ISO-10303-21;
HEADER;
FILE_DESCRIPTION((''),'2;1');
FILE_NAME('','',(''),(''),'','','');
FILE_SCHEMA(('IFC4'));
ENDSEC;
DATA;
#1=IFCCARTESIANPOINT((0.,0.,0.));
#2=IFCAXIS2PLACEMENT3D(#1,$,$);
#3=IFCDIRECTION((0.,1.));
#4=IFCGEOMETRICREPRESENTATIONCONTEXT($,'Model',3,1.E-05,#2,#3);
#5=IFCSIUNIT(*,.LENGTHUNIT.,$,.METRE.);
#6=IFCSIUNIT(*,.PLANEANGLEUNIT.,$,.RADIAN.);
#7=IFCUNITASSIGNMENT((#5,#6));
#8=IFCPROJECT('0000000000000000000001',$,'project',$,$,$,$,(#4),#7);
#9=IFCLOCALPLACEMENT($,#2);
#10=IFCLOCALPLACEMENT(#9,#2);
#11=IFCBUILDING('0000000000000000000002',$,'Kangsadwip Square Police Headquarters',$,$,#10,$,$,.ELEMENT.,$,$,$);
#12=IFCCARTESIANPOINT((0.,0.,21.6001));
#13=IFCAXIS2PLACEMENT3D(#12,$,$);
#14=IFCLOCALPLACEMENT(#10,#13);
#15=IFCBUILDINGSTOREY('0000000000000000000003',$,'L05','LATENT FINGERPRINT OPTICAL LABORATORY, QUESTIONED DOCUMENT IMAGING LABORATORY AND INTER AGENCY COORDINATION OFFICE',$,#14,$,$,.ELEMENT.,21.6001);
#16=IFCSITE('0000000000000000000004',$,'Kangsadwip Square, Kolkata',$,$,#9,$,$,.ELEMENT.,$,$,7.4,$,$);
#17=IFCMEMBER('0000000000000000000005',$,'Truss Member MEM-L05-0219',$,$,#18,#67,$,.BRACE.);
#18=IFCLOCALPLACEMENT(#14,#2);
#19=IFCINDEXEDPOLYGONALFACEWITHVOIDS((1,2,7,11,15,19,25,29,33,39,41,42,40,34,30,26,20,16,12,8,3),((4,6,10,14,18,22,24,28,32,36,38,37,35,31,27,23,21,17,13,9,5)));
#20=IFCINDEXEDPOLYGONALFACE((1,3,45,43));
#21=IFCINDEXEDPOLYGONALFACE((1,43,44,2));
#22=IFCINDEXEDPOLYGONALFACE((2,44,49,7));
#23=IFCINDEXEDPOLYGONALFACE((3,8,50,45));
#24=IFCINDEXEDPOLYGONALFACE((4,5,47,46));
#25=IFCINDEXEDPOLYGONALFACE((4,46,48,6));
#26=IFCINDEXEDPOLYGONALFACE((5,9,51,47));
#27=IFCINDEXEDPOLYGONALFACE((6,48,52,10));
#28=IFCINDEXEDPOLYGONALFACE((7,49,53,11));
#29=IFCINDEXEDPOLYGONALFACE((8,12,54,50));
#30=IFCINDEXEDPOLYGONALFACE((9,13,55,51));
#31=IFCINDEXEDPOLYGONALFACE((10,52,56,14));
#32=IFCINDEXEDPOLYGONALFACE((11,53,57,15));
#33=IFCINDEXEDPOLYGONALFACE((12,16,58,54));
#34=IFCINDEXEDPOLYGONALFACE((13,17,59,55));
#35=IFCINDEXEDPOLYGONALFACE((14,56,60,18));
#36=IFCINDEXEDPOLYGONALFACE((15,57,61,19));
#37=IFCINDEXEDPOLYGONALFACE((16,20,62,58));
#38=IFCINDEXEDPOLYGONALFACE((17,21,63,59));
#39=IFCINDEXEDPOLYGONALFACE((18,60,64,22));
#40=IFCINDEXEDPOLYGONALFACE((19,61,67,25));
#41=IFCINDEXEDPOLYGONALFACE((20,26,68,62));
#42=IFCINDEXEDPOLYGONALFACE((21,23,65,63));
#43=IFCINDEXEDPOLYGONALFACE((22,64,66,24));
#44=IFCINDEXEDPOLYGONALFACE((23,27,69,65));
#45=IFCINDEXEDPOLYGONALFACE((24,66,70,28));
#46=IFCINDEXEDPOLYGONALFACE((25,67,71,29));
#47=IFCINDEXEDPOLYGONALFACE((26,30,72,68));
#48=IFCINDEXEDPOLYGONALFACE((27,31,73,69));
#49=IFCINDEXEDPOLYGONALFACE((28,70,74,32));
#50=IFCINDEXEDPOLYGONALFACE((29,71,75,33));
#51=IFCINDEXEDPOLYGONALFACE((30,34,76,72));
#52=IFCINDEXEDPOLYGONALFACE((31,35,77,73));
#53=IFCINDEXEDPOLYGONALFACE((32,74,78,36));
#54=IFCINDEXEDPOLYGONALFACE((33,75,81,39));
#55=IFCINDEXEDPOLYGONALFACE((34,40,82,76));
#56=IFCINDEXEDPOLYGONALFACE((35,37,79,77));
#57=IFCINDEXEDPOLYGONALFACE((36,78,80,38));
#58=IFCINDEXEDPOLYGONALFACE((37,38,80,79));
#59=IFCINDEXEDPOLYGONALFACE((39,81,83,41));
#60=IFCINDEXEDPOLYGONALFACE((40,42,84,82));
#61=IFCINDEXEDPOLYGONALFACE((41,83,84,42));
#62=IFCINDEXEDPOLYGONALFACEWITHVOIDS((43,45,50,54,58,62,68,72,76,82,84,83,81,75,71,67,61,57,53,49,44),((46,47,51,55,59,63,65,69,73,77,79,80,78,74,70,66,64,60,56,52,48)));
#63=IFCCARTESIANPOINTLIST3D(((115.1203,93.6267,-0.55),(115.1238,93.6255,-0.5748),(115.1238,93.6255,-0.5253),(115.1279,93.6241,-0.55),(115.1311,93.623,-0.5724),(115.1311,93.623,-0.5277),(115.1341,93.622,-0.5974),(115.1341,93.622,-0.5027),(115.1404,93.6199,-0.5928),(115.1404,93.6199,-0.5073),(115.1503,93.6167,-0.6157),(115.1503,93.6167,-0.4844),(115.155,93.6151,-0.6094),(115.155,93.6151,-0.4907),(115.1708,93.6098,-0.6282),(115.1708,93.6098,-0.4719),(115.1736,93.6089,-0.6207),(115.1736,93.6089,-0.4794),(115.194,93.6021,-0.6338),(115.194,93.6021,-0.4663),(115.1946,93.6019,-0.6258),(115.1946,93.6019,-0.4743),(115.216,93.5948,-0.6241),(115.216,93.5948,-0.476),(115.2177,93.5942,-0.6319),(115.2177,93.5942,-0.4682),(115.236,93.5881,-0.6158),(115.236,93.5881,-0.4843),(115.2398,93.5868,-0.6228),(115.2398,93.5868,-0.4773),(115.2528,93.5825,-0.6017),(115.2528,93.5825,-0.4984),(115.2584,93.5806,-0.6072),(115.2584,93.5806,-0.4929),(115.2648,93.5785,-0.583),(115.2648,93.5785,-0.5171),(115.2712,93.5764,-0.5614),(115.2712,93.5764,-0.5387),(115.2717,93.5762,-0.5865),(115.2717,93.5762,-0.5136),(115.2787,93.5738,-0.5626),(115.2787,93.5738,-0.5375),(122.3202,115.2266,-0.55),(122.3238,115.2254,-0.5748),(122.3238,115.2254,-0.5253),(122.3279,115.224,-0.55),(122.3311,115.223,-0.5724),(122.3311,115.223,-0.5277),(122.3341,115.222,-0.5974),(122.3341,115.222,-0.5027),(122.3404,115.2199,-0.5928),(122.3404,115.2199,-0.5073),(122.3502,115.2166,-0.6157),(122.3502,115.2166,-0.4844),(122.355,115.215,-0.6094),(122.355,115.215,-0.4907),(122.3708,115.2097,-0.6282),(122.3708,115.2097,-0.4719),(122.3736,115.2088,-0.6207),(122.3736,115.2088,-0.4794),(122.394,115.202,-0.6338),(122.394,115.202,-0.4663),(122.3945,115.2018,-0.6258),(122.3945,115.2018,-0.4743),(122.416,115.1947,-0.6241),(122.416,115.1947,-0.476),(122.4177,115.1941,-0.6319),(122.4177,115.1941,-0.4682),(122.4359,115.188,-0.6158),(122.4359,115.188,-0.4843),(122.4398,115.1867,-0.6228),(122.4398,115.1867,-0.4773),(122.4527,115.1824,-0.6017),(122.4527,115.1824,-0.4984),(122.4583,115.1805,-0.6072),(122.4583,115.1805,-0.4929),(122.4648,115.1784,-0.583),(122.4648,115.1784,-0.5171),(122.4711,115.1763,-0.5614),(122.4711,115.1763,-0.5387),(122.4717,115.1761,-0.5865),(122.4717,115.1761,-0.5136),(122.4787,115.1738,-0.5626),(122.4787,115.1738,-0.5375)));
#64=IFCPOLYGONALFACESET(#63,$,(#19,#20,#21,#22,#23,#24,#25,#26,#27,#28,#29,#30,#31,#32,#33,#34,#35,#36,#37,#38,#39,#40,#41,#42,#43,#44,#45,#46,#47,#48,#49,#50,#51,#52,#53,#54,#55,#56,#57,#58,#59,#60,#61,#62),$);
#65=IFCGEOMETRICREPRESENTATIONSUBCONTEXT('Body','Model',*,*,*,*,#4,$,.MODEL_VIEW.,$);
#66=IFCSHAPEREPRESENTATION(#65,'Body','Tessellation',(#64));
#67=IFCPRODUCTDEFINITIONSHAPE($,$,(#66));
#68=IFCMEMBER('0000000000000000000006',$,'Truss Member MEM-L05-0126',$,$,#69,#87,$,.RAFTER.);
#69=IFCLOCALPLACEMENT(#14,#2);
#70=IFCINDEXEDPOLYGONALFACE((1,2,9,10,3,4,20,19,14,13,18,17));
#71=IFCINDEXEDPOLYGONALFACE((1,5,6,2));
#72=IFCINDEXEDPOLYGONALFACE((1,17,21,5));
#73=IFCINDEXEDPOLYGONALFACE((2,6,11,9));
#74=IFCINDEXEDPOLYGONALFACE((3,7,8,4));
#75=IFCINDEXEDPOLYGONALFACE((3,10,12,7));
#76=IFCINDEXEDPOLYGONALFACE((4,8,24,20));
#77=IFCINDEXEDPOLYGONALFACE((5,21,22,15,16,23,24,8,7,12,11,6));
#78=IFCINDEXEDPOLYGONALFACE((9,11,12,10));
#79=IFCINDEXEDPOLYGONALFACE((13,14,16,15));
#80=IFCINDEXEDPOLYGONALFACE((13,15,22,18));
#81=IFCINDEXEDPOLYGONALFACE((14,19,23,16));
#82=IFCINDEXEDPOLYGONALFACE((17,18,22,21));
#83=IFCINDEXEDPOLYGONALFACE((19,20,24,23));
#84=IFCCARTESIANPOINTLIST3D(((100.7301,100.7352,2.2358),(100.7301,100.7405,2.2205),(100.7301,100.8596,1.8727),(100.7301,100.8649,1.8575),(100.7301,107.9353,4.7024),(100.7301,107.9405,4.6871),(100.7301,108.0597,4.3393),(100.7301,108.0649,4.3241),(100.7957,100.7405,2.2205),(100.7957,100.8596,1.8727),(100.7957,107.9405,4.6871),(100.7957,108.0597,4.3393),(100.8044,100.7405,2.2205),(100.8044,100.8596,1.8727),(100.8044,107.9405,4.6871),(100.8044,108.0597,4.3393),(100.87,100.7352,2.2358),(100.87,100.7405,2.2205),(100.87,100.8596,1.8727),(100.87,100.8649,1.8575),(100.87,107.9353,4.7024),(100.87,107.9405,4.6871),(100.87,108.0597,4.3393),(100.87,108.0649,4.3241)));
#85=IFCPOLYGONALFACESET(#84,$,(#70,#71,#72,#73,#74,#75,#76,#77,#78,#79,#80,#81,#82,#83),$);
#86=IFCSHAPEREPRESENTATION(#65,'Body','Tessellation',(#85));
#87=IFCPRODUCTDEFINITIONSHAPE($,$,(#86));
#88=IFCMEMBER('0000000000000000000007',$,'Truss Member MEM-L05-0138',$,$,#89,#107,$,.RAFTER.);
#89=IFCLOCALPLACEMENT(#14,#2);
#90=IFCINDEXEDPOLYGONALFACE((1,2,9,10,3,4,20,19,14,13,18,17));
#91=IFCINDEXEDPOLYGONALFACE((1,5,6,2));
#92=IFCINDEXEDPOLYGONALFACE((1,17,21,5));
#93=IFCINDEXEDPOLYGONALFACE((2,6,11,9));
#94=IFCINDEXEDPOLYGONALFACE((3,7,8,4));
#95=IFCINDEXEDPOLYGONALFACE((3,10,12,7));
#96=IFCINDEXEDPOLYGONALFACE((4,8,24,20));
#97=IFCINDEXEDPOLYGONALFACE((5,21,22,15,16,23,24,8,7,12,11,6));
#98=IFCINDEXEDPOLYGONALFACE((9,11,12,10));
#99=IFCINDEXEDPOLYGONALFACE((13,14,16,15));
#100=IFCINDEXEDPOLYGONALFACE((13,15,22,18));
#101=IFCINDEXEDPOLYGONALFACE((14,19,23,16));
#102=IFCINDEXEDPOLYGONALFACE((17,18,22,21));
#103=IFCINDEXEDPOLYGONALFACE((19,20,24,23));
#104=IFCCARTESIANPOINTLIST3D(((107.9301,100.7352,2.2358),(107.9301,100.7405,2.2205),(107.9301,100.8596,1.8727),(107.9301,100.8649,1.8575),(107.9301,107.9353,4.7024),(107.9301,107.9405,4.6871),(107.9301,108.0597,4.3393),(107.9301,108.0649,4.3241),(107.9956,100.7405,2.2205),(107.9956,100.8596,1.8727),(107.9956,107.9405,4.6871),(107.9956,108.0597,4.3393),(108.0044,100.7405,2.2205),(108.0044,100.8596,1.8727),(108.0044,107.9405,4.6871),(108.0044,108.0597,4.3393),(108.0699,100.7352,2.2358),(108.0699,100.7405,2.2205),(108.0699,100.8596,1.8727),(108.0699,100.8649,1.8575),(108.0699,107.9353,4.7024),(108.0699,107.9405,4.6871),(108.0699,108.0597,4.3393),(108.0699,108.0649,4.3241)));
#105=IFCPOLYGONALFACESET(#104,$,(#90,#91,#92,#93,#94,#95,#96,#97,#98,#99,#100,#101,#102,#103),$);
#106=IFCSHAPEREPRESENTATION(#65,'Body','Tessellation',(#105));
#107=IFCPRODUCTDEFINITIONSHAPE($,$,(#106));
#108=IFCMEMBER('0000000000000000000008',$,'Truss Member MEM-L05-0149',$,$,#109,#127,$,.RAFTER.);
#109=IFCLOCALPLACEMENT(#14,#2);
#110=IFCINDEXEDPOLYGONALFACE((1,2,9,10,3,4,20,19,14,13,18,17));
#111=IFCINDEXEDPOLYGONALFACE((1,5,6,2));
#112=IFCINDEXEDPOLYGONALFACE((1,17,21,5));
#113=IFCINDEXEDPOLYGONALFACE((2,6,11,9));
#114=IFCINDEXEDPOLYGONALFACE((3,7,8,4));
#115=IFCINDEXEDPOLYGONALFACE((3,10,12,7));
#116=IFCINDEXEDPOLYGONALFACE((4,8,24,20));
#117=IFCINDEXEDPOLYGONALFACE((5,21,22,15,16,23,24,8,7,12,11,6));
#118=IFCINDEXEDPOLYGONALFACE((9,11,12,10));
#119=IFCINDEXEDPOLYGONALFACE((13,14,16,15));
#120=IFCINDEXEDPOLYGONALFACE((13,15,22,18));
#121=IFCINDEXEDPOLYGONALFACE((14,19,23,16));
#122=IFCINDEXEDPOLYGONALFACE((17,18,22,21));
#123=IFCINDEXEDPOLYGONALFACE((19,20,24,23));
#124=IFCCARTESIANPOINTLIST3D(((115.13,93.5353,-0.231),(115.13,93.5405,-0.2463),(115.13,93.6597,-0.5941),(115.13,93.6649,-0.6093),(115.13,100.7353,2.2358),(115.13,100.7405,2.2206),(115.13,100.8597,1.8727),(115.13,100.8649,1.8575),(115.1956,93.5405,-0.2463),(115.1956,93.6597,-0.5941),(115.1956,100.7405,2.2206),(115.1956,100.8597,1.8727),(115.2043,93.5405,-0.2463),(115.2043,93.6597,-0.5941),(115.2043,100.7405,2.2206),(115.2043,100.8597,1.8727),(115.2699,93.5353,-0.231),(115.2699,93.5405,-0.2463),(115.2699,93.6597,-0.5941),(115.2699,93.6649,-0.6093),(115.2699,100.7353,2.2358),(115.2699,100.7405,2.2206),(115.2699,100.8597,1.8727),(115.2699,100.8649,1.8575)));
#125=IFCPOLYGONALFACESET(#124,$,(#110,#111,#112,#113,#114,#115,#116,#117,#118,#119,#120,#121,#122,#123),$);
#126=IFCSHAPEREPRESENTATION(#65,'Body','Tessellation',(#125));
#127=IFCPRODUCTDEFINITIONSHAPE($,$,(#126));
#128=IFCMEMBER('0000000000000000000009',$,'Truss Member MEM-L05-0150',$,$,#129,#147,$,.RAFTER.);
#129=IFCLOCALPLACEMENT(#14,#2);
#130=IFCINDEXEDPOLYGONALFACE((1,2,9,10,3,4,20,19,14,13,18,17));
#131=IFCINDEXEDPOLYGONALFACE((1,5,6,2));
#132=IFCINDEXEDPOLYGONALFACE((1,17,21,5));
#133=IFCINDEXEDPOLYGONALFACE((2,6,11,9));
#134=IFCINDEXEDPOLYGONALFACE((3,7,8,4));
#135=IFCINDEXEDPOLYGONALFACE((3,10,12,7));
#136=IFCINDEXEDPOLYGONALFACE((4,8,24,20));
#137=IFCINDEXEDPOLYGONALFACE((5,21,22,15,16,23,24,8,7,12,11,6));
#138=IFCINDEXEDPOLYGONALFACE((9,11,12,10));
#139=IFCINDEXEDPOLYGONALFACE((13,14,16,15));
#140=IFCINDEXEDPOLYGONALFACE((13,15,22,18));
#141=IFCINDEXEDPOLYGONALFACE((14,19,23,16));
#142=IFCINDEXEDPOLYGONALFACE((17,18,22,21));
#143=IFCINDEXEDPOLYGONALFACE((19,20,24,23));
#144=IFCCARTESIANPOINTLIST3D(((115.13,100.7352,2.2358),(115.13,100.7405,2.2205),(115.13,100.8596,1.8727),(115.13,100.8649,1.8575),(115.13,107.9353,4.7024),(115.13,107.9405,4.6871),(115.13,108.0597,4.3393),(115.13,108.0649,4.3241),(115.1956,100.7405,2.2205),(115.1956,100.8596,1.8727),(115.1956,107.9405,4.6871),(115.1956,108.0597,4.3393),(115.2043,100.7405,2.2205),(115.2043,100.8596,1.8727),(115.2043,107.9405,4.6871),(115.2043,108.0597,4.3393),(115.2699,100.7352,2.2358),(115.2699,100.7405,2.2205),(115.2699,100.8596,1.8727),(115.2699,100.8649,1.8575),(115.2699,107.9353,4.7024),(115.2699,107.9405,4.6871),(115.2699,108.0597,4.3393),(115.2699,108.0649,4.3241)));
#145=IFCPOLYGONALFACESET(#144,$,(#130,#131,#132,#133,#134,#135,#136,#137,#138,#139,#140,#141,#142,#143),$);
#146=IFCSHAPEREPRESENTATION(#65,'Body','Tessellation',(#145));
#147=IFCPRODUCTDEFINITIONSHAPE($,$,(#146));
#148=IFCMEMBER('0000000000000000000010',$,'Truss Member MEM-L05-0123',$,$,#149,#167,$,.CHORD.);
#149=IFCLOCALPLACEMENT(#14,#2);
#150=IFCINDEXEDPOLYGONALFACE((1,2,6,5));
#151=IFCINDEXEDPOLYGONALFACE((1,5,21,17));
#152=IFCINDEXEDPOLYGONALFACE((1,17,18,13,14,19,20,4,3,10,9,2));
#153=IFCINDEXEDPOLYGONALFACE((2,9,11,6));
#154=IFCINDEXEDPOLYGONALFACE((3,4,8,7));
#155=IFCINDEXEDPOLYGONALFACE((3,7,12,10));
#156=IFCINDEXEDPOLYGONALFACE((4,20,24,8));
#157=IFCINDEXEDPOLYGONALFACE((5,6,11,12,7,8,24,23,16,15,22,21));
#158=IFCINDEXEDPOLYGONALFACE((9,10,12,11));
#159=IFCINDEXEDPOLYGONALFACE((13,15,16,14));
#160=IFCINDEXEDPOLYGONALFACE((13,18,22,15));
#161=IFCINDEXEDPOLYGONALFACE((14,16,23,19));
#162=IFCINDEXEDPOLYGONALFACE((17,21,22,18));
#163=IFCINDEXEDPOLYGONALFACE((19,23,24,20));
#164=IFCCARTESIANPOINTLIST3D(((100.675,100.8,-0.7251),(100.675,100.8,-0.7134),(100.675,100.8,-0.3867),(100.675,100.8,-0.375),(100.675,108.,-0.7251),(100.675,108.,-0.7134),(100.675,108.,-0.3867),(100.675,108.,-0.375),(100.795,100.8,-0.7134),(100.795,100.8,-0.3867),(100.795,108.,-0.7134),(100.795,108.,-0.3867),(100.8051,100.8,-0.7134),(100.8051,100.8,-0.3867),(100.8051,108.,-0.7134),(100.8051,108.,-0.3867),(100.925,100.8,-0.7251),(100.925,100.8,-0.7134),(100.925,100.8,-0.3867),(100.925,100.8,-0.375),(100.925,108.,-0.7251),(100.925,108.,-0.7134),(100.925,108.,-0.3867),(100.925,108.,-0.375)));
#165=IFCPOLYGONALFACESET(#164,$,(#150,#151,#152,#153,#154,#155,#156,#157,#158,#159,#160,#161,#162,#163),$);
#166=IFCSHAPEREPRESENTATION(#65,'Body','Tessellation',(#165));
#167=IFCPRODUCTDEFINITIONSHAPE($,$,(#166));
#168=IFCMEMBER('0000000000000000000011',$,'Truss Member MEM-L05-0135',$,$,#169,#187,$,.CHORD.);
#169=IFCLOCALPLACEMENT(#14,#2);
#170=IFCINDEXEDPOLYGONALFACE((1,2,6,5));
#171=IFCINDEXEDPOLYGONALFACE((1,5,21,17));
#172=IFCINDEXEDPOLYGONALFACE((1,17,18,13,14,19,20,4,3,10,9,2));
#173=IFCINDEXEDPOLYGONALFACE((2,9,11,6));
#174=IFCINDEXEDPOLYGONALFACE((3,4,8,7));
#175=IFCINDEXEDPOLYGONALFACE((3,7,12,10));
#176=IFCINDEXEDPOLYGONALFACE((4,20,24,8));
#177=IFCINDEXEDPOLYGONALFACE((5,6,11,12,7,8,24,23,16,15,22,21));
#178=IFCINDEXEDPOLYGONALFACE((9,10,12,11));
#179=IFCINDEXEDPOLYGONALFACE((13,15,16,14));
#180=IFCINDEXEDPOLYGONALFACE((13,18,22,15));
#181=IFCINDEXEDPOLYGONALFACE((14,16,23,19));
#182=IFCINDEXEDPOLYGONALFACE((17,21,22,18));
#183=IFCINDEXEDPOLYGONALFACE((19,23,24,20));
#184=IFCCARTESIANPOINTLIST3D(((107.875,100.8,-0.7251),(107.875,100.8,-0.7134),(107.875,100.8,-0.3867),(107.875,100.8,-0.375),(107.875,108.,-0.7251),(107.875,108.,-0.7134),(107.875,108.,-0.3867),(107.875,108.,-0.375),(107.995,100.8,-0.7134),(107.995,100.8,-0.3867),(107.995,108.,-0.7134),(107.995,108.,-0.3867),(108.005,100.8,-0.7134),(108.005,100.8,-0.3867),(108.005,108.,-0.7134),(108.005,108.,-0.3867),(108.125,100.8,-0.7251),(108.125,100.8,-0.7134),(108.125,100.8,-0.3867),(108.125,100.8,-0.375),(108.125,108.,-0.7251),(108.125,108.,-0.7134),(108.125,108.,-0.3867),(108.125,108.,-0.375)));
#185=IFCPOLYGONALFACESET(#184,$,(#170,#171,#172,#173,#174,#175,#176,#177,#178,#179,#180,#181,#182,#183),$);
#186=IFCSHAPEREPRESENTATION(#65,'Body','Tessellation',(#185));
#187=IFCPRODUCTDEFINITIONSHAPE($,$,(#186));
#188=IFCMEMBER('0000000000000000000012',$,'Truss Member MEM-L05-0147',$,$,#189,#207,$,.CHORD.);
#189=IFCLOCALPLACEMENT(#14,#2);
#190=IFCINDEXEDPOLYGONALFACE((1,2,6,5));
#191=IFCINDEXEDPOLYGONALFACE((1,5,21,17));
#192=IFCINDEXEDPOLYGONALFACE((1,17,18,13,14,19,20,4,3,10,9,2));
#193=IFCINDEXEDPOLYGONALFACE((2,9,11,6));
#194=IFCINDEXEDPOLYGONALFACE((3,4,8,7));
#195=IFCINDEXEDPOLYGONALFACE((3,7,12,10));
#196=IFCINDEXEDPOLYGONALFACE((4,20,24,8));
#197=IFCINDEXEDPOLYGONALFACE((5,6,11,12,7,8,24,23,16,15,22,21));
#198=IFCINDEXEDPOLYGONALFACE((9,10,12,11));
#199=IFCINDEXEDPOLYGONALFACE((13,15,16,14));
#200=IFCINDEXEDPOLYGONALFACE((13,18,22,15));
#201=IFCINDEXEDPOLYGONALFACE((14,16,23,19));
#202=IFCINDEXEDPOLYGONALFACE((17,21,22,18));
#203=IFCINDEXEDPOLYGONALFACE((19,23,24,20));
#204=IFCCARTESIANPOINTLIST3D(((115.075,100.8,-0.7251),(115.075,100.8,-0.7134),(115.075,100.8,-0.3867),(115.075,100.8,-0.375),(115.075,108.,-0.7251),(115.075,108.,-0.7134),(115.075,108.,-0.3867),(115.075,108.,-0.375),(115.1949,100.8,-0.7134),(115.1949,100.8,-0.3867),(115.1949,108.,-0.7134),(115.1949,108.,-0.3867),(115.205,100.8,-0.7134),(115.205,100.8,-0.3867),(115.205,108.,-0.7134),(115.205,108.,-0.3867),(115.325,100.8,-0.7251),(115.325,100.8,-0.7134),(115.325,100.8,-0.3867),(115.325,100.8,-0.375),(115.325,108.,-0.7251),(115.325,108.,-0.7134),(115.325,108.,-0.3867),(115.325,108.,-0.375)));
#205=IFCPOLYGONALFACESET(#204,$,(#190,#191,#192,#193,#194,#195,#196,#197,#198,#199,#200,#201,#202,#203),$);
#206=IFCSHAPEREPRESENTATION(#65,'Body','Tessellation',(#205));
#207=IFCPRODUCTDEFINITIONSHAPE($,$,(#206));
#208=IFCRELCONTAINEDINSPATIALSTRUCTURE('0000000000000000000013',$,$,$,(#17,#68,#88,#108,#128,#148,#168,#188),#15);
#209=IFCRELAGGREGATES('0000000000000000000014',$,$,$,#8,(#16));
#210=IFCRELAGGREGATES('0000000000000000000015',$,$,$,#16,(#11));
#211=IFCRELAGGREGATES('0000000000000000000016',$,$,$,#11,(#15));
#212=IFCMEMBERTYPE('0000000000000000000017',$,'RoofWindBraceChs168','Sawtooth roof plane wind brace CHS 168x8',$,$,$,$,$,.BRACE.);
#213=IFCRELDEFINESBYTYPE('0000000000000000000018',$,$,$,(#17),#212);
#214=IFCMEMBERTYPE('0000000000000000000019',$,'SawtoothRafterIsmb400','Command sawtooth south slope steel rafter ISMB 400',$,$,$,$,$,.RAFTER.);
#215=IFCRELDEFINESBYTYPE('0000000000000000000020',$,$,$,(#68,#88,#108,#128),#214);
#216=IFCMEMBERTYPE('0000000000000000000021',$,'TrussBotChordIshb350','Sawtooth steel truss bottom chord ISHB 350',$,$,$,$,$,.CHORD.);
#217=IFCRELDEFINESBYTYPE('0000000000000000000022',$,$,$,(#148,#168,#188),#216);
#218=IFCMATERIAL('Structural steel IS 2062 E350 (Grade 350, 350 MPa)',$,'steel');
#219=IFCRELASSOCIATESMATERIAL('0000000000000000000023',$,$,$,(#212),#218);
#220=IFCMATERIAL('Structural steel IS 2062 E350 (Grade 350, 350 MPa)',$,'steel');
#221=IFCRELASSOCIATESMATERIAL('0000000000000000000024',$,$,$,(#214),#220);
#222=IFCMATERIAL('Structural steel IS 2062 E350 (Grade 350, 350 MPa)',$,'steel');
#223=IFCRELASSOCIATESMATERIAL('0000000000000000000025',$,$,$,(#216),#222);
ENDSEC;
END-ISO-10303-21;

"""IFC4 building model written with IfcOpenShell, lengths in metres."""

from ifc_helpers import new_model, si_unit, direction, frame, origin, origin_2d, place, context, subcontext, project, spatial, hollow_circle, i_section, extrude, material, material_profile, profile_set, type_object, element, save


model = new_model("IFC4")

# Units and contexts
model_context = context("Model", 3, precision=1e-05, world=origin(), true_north=direction((0.0, 1.0)))
body_context = subcontext(model_context, "Body", "Model", "MODEL_VIEW")
ifc_project = project(units=[si_unit("LENGTHUNIT", "METRE"), si_unit("PLANEANGLEUNIT", "RADIAN")], contexts=[model_context])

# Site, building, storey
site_placement = place(None, origin())
site = spatial("IfcSite", under=ifc_project, at=site_placement, Name="Kangsadwip Square, Kolkata", CompositionType="ELEMENT", RefElevation=7.4)
building_placement = place(site_placement, origin())
building = spatial("IfcBuilding", under=site, at=building_placement, Name="Kangsadwip Square Police Headquarters", CompositionType="ELEMENT")
storey_placement = place(building_placement, frame((0.0, 0.0, 21.6001)))
storey = spatial("IfcBuildingStorey", under=building, at=storey_placement, Name="L05", Description="LATENT FINGERPRINT OPTICAL LABORATORY, QUESTIONED DOCUMENT IMAGING LABORATORY AND INTER AGENCY COORDINATION OFFICE", CompositionType="ELEMENT", Elevation=21.6001)

# Members
ifc_material_1 = material(Name="Structural steel IS 2062 E350 (Grade 350, 350 MPa)", Category="steel")
ifc_material_profile_1 = material_profile(ifc_material_1, hollow_circle(Radius=0.084, WallThickness=0.0081, at=origin_2d()), Name="CHS 168X8")
ifc_profile_set_1 = profile_set([ifc_material_profile_1], Name="Structural steel IS 2062 E350 (Grade 350, 350 MPa)")
member_type_1 = type_object("IfcMemberType", Name="RoofWindBraceChs168", Description="Sawtooth roof plane wind brace CHS 168x8", PredefinedType="BRACE", material=ifc_profile_set_1)
member_1_placement = place(storey_placement, frame((115.2, 93.6001, -0.55), z_axis=(0.316228, 0.948683, 0.0), x_axis=(-0.948683, 0.316228, 0.0)))
element("IfcMember", 1, at=member_1_placement, inside=storey, type_object=member_type_1, Name="Truss Member MEM-L05-0219", PredefinedType="BRACE", context=body_context, shape_type="SweptSolid", body=[
    extrude(hollow_circle(Radius=0.084, WallThickness=0.0081, at=origin_2d()), origin(), (0.0, 0.0, 1.0), 22.7683),
])
ifc_material_2 = material(Name="Structural steel IS 2062 E350 (Grade 350, 350 MPa)", Category="steel")
ifc_material_profile_2 = material_profile(ifc_material_2, i_section(OverallWidth=0.1399, OverallDepth=0.3999, WebThickness=0.0088, FlangeThickness=0.0161, at=origin_2d()), Name="ISMB 400")
ifc_profile_set_2 = profile_set([ifc_material_profile_2], Name="Structural steel IS 2062 E350 (Grade 350, 350 MPa)")
member_type_2 = type_object("IfcMemberType", Name="SawtoothRafterIsmb400", Description="Command sawtooth south slope steel rafter ISMB 400", PredefinedType="RAFTER", material=ifc_profile_set_2)
for number, where, z_axis, x_axis, name in (
    (2, (100.8, 100.8, 2.0466), (0.0, 0.946027, 0.324089), (-1.0, 0.0, 0.0), "Truss Member MEM-L05-0126"),
    (3, (108.0, 100.8, 2.0466), (0.0, 0.946027, 0.324089), (-1.0, 0.0, 0.0), "Truss Member MEM-L05-0138"),
    (4, (115.2, 93.6001, -0.4202), (0.0, 0.946017, 0.324118), (-1.0, 0.0, 0.0), "Truss Member MEM-L05-0149"),
    (5, (115.2, 100.8, 2.0466), (0.0, 0.946027, 0.324089), (-1.0, 0.0, 0.0), "Truss Member MEM-L05-0150"),
):
    element("IfcMember", number, at=place(storey_placement, frame(where, z_axis=z_axis, x_axis=x_axis)), inside=storey, type_object=member_type_2, Name=name, PredefinedType="RAFTER", context=body_context, shape_type="SweptSolid", body=[
        extrude(i_section(OverallWidth=0.1399, OverallDepth=0.3999, WebThickness=0.0088, FlangeThickness=0.0161, at=origin_2d()), origin(), (0.0, 0.0, 1.0), 7.6108),
    ])
ifc_material_3 = material(Name="Structural steel IS 2062 E350 (Grade 350, 350 MPa)", Category="steel")
ifc_material_profile_3 = material_profile(ifc_material_3, i_section(OverallWidth=0.25, OverallDepth=0.3501, WebThickness=0.01, FlangeThickness=0.0117, at=origin_2d()), Name="ISHB 350")
ifc_profile_set_3 = profile_set([ifc_material_profile_3], Name="Structural steel IS 2062 E350 (Grade 350, 350 MPa)")
member_type_3 = type_object("IfcMemberType", Name="TrussBotChordIshb350", Description="Sawtooth steel truss bottom chord ISHB 350", PredefinedType="CHORD", material=ifc_profile_set_3)
for number, where, z_axis, x_axis, name in (
    (6, (100.8, 100.8, -0.55), (0.0, 1.0, 0.0), (-1.0, 0.0, 0.0), "Truss Member MEM-L05-0123"),
    (7, (108.0, 100.8, -0.55), (0.0, 1.0, 0.0), (-1.0, 0.0, 0.0), "Truss Member MEM-L05-0135"),
    (8, (115.2, 100.8, -0.55), (0.0, 1.0, 0.0), (-1.0, 0.0, 0.0), "Truss Member MEM-L05-0147"),
):
    element("IfcMember", number, at=place(storey_placement, frame(where, z_axis=z_axis, x_axis=x_axis)), inside=storey, type_object=member_type_3, Name=name, PredefinedType="CHORD", context=body_context, shape_type="SweptSolid", body=[
        extrude(i_section(OverallWidth=0.25, OverallDepth=0.3501, WebThickness=0.01, FlangeThickness=0.0117, at=origin_2d()), origin(), (0.0, 0.0, 1.0), 7.2),
    ])

save(model, "model.ifc")
